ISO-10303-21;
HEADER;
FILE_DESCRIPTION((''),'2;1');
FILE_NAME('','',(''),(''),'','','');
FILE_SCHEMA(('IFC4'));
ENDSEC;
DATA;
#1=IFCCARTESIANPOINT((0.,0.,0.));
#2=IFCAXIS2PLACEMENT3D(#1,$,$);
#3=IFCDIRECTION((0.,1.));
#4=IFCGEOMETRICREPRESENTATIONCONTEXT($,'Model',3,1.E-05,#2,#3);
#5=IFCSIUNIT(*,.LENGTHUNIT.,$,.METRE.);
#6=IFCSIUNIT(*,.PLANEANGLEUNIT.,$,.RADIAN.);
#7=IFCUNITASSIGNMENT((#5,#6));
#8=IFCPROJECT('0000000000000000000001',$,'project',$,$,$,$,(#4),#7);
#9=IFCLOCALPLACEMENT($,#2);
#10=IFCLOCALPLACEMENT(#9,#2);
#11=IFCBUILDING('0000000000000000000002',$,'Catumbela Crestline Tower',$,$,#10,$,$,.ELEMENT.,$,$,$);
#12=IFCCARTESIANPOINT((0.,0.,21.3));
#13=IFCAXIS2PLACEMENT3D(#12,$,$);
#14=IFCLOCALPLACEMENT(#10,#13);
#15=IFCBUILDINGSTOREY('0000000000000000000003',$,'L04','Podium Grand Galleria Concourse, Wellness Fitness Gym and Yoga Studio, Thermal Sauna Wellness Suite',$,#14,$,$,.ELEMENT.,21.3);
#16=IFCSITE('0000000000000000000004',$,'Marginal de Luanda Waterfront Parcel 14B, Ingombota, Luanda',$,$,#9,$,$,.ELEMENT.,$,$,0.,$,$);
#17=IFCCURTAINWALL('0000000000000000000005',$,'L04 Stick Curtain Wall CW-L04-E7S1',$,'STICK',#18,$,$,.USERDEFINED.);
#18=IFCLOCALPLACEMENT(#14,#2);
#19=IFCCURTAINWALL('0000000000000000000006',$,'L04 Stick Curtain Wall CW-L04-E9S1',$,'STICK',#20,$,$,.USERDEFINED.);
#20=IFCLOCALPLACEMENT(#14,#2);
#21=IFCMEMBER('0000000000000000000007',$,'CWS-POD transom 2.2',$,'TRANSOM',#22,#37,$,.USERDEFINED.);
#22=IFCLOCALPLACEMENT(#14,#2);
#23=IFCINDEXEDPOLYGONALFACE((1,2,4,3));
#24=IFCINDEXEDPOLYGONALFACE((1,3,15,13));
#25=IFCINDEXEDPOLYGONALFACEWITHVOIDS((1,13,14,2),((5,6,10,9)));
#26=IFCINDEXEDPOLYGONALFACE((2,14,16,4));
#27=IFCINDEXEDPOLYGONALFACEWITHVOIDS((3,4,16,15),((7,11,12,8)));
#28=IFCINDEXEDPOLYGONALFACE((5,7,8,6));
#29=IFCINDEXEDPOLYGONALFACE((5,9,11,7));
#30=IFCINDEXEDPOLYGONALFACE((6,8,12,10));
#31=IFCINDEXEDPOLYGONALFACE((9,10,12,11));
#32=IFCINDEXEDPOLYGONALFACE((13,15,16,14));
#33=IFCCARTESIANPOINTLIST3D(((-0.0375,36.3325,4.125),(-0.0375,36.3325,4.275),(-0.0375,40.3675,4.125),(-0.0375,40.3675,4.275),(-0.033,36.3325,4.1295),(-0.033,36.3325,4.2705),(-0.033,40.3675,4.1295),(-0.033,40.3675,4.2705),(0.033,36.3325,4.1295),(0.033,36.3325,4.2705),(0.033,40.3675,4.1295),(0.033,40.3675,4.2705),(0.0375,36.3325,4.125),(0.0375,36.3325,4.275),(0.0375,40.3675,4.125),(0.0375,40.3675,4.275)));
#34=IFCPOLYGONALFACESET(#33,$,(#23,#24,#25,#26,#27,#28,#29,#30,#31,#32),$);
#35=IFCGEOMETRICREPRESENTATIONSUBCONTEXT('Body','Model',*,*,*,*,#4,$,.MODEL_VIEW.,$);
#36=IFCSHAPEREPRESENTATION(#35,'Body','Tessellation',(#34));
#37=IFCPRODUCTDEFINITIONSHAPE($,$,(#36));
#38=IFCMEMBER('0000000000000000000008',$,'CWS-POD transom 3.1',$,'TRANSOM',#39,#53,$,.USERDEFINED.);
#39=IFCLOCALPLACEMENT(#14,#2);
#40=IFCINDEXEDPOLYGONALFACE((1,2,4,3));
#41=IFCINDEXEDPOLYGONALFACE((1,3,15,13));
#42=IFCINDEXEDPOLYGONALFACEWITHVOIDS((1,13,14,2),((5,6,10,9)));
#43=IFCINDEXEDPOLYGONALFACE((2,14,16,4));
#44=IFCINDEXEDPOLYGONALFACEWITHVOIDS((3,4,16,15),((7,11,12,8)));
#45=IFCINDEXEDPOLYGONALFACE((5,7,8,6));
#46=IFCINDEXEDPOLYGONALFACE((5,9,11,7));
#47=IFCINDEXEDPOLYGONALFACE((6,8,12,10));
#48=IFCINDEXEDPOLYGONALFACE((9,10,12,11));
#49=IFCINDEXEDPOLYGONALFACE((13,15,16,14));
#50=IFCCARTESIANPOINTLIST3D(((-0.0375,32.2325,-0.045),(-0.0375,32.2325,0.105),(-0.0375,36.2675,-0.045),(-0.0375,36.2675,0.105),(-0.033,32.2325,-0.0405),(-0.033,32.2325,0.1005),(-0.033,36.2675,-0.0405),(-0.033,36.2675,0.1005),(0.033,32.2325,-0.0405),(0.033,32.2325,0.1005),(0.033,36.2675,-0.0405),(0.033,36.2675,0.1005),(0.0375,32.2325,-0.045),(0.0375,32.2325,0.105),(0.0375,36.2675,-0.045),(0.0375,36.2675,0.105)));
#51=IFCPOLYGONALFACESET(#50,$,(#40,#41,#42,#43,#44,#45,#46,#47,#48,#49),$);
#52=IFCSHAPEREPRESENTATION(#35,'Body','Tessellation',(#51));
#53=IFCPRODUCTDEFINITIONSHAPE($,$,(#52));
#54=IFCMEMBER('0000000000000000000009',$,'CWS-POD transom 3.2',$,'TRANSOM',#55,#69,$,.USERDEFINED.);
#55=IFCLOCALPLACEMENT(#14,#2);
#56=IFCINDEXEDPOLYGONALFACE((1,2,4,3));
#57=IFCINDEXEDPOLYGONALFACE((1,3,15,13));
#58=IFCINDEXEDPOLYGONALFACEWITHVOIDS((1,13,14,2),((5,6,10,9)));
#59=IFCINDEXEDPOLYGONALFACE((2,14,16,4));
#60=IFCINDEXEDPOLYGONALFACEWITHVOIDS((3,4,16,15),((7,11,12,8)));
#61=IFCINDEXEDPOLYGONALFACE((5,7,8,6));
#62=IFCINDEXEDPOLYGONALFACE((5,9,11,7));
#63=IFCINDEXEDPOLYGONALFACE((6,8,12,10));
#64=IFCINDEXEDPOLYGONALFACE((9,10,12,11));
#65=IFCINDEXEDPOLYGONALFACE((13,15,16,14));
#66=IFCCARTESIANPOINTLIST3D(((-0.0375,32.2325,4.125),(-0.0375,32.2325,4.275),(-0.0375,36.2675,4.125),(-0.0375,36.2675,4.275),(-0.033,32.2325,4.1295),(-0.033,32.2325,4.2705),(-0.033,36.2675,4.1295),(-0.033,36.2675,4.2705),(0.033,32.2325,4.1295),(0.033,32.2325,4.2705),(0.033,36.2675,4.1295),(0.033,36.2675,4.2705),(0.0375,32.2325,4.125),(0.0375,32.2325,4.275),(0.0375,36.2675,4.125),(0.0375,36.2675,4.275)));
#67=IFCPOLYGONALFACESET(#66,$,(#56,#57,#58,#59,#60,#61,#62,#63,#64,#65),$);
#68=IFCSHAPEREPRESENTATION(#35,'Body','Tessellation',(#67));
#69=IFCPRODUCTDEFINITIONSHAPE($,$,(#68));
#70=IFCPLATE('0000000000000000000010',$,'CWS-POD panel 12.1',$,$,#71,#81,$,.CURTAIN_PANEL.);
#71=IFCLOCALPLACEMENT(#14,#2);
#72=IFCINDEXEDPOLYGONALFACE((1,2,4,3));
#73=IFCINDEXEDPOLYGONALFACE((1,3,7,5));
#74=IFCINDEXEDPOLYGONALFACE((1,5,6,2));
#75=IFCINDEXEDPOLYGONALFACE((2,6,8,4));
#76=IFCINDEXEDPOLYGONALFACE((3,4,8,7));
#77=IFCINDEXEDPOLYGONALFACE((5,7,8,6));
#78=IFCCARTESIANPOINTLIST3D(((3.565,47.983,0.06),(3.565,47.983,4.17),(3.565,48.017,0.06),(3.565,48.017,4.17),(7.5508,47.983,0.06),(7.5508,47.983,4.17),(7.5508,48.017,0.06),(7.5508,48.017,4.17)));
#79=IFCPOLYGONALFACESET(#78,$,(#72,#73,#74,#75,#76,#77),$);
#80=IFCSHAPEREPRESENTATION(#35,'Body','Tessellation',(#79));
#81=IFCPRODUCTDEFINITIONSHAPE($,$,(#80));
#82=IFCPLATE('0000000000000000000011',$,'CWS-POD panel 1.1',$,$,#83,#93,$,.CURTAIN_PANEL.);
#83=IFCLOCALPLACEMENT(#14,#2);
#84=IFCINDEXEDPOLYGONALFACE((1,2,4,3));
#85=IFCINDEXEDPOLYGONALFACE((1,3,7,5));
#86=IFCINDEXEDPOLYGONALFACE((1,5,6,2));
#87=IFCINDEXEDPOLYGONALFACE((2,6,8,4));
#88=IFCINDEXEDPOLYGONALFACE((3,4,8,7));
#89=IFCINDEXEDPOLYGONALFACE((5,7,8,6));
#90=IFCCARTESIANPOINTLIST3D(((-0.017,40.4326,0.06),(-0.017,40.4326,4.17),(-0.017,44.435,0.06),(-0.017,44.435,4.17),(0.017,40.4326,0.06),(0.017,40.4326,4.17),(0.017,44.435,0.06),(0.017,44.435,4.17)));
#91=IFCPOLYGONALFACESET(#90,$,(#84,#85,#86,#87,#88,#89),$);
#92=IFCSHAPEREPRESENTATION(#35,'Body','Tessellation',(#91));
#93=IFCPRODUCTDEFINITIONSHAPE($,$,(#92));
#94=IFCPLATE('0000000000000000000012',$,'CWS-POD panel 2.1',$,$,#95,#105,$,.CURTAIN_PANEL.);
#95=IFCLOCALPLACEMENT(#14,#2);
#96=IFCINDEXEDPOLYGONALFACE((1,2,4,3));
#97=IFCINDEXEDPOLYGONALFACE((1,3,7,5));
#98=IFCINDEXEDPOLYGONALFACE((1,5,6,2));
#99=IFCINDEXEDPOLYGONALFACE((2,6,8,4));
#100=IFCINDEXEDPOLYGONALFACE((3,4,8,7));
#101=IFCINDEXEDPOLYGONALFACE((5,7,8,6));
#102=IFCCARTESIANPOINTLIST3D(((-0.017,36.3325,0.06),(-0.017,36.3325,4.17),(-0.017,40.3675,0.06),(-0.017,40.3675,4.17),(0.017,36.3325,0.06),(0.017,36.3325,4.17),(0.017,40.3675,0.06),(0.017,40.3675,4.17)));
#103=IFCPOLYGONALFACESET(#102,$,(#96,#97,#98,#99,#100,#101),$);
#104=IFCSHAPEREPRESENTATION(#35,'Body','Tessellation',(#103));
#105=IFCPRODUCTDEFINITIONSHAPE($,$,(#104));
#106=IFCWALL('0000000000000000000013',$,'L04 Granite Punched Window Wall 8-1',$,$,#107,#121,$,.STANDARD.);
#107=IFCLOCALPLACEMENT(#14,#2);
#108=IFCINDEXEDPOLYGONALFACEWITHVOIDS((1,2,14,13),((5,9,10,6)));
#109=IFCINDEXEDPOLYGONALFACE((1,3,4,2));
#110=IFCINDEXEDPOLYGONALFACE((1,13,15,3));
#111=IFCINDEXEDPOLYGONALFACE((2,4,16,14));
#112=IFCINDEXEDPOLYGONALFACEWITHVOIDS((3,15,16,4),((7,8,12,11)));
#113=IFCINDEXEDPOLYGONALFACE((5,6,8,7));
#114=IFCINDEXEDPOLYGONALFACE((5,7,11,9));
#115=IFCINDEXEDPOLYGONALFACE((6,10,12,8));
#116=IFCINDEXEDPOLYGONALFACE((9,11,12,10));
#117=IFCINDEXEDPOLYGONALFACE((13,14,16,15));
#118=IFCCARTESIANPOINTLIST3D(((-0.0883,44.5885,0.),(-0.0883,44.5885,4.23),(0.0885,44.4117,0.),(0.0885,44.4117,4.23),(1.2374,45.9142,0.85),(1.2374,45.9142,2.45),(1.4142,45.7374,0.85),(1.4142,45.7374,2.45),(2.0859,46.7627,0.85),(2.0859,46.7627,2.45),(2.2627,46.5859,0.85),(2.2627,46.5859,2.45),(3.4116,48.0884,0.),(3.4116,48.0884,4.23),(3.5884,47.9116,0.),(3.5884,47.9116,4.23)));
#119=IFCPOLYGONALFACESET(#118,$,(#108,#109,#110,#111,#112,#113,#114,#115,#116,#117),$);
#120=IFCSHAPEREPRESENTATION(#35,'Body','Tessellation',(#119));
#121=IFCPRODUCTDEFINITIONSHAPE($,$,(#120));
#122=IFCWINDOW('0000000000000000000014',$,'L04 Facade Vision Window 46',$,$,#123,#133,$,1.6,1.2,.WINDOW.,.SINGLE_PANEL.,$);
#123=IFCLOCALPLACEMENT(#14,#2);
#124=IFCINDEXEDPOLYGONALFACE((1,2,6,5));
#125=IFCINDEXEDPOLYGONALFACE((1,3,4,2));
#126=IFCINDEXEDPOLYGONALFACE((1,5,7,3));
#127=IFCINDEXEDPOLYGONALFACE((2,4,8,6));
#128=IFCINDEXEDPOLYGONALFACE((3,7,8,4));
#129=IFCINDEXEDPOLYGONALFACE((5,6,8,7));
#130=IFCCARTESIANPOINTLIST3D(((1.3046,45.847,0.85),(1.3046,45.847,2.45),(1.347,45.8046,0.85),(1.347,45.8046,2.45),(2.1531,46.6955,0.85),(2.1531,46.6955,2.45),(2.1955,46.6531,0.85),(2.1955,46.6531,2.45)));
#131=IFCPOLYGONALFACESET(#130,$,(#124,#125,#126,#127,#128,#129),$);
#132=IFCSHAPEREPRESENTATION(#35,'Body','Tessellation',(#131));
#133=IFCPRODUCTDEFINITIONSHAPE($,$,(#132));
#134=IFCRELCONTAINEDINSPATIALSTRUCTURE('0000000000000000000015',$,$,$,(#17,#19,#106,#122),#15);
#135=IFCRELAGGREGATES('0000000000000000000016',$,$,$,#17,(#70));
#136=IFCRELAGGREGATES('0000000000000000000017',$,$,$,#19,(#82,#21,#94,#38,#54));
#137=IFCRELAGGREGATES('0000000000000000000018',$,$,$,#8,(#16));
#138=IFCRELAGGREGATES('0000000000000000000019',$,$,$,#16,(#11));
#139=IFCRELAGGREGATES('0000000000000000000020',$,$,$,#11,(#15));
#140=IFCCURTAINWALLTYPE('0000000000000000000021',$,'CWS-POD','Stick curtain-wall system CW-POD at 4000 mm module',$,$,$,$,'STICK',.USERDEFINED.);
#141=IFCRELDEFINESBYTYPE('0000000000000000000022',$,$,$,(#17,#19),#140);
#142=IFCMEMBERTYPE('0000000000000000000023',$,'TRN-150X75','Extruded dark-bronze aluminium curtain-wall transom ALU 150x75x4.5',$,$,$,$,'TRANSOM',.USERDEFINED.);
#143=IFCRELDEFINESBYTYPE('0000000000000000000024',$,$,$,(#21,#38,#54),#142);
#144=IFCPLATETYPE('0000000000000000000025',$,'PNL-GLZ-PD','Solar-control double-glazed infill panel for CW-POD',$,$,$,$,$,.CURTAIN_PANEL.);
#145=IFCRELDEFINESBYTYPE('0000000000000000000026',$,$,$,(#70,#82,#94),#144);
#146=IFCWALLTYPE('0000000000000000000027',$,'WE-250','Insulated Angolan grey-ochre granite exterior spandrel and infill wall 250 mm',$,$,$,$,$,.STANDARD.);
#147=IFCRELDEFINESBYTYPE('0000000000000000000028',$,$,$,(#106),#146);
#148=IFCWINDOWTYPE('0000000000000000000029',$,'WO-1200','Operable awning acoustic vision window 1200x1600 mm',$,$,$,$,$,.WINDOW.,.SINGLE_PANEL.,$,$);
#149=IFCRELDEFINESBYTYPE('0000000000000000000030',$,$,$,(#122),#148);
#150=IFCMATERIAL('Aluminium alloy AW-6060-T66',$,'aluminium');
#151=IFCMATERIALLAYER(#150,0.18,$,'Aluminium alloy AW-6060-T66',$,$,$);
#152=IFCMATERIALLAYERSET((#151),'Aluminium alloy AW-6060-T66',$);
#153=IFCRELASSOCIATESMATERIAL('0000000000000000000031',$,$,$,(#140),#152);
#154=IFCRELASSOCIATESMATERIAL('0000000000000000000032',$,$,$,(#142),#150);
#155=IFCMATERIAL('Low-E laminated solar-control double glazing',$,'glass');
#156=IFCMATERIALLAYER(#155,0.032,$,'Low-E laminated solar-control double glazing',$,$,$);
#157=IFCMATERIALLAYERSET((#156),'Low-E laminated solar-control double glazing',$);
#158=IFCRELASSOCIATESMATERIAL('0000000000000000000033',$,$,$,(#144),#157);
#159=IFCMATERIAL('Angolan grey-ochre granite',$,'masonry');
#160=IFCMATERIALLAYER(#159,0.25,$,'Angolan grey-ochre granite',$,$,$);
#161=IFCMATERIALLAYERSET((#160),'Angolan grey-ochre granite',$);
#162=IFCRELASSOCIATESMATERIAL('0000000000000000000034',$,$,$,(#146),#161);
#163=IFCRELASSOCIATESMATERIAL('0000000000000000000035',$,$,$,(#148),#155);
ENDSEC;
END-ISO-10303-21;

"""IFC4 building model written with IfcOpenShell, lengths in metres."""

from ifc_helpers import new_model, si_unit, direction, frame, frame_2d, origin, origin_2d, place, context, subcontext, project, spatial, rectangle, hollow_rectangle, extrude, material, layer, layer_set, material_profile, profile_set, type_object, element, fill, aggregate, save


model = new_model("IFC4")

# Units and contexts
model_context = context("Model", 3, precision=1e-05, world=origin(), true_north=direction((0.0, 1.0)))
body_context = subcontext(model_context, "Body", "Model", "MODEL_VIEW")
ifc_project = project(units=[si_unit("LENGTHUNIT", "METRE"), si_unit("PLANEANGLEUNIT", "RADIAN")], contexts=[model_context])

# Site, building, storey
site_placement = place(None, origin())
site = spatial("IfcSite", under=ifc_project, at=site_placement, Name="Marginal de Luanda Waterfront Parcel 14B, Ingombota, Luanda", CompositionType="ELEMENT", RefElevation=0.0)
building_placement = place(site_placement, origin())
building = spatial("IfcBuilding", under=site, at=building_placement, Name="Catumbela Crestline Tower", CompositionType="ELEMENT")
storey_placement = place(building_placement, frame((0.0, 0.0, 21.3)))
storey = spatial("IfcBuildingStorey", under=building, at=storey_placement, Name="L04", Description="Podium Grand Galleria Concourse, Wellness Fitness Gym and Yoga Studio, Thermal Sauna Wellness Suite", CompositionType="ELEMENT", Elevation=21.3)

# Curtain walls
ifc_material_1 = material(Name="Aluminium alloy AW-6060-T66", Category="aluminium")
ifc_layer_1 = layer(ifc_material_1, 0.18, Name="Aluminium alloy AW-6060-T66")
ifc_layer_set_1 = layer_set([ifc_layer_1], Name="Aluminium alloy AW-6060-T66")
curtain_wall_type = type_object("IfcCurtainWallType", Name="CWS-POD", Description="Stick curtain-wall system CW-POD at 4000 mm module", ElementType="STICK", PredefinedType="USERDEFINED", material=ifc_layer_set_1)
curtain_wall_1_placement = place(storey_placement, origin())
curtain_wall_1 = element("IfcCurtainWall", 1, at=curtain_wall_1_placement, inside=storey, type_object=curtain_wall_type, Name="L04 Stick Curtain Wall CW-L04-E7S1", ObjectType="STICK", PredefinedType="USERDEFINED")
curtain_wall_2_placement = place(storey_placement, origin())
curtain_wall_2 = element("IfcCurtainWall", 2, at=curtain_wall_2_placement, inside=storey, type_object=curtain_wall_type, Name="L04 Stick Curtain Wall CW-L04-E9S1", ObjectType="STICK", PredefinedType="USERDEFINED")

# Members
ifc_material_profile_1 = material_profile(ifc_material_1, hollow_rectangle(XDim=0.075, YDim=0.15, WallThickness=0.0045, at=origin_2d()), Name="ALU 150x75x4.5")
ifc_profile_set_1 = profile_set([ifc_material_profile_1], Name="Aluminium alloy AW-6060-T66")
member_type_1 = type_object("IfcMemberType", Name="TRN-150X75", Description="Extruded dark-bronze aluminium curtain-wall transom ALU 150x75x4.5", ElementType="TRANSOM", PredefinedType="USERDEFINED", material=ifc_profile_set_1)
member_1_placement = place(storey_placement, frame((0.0, 40.3675, 4.2), z_axis=(0.0, -1.0, 0.0), x_axis=(1.0, 0.0, 0.0)))
member_1 = element("IfcMember", 3, at=member_1_placement, type_object=member_type_1, Name="CWS-POD transom 2.2", ObjectType="TRANSOM", PredefinedType="USERDEFINED", context=body_context, shape_type="SweptSolid", body=[
    extrude(hollow_rectangle(XDim=0.075, YDim=0.15, WallThickness=0.0045, at=origin_2d()), origin(), (0.0, 0.0, 1.0), 4.035),
])
member_2_placement = place(storey_placement, frame((0.0, 36.2675, 0.03), z_axis=(0.0, -1.0, 0.0), x_axis=(1.0, 0.0, 0.0)))
member_2 = element("IfcMember", 4, at=member_2_placement, type_object=member_type_1, Name="CWS-POD transom 3.1", ObjectType="TRANSOM", PredefinedType="USERDEFINED", context=body_context, shape_type="SweptSolid", body=[
    extrude(hollow_rectangle(XDim=0.075, YDim=0.15, WallThickness=0.0045, at=origin_2d()), origin(), (0.0, 0.0, 1.0), 4.035),
])
member_3_placement = place(storey_placement, frame((0.0, 36.2675, 4.2), z_axis=(0.0, -1.0, 0.0), x_axis=(1.0, 0.0, 0.0)))
member_3 = element("IfcMember", 5, at=member_3_placement, type_object=member_type_1, Name="CWS-POD transom 3.2", ObjectType="TRANSOM", PredefinedType="USERDEFINED", context=body_context, shape_type="SweptSolid", body=[
    extrude(hollow_rectangle(XDim=0.075, YDim=0.15, WallThickness=0.0045, at=origin_2d()), origin(), (0.0, 0.0, 1.0), 4.035),
])

# Plates
ifc_material_2 = material(Name="Low-E laminated solar-control double glazing", Category="glass")
ifc_layer_2 = layer(ifc_material_2, 0.032, Name="Low-E laminated solar-control double glazing")
ifc_layer_set_2 = layer_set([ifc_layer_2], Name="Low-E laminated solar-control double glazing")
plate_type = type_object("IfcPlateType", Name="PNL-GLZ-PD", Description="Solar-control double-glazed infill panel for CW-POD", PredefinedType="CURTAIN_PANEL", material=ifc_layer_set_2)
plate_1_placement = place(storey_placement, frame((5.5579, 48.0, 0.06), z_axis=(0.0, 0.0, 1.0), x_axis=(-1.0, 0.0, 0.0)))
plate_1 = element("IfcPlate", 6, at=plate_1_placement, type_object=plate_type, Name="CWS-POD panel 12.1", PredefinedType="CURTAIN_PANEL", context=body_context, shape_type="SweptSolid", body=[
    extrude(rectangle(XDim=3.9858, YDim=0.034, at=origin_2d()), origin(), (0.0, 0.0, 1.0), 4.11),
])
aggregate(curtain_wall_1, [plate_1])
plate_2_placement = place(storey_placement, frame((0.0, 42.4338, 0.06), z_axis=(0.0, 0.0, 1.0), x_axis=(0.0, -1.0, 0.0)))
plate_2 = element("IfcPlate", 7, at=plate_2_placement, type_object=plate_type, Name="CWS-POD panel 1.1", PredefinedType="CURTAIN_PANEL", context=body_context, shape_type="SweptSolid", body=[
    extrude(rectangle(XDim=4.0025, YDim=0.034, at=origin_2d()), origin(), (0.0, 0.0, 1.0), 4.11),
])
plate_3_placement = place(storey_placement, frame((0.0, 38.35, 0.06), z_axis=(0.0, 0.0, 1.0), x_axis=(0.0, -1.0, 0.0)))
plate_3 = element("IfcPlate", 8, at=plate_3_placement, type_object=plate_type, Name="CWS-POD panel 2.1", PredefinedType="CURTAIN_PANEL", context=body_context, shape_type="SweptSolid", body=[
    extrude(rectangle(XDim=4.035, YDim=0.034, at=origin_2d()), origin(), (0.0, 0.0, 1.0), 4.11),
])
aggregate(curtain_wall_2, [plate_2, member_1, plate_3, member_2, member_3])

# Wall, opening, window
ifc_material_3 = material(Name="Angolan grey-ochre granite", Category="masonry")
ifc_layer_3 = layer(ifc_material_3, 0.25, Name="Angolan grey-ochre granite")
ifc_layer_set_3 = layer_set([ifc_layer_3], Name="Angolan grey-ochre granite")
wall_type = type_object("IfcWallType", Name="WE-250", Description="Insulated Angolan grey-ochre granite exterior spandrel and infill wall 250 mm", PredefinedType="STANDARD", material=ifc_layer_set_3)
wall_placement = place(storey_placement, frame((3.5, 48.0, 0.0), z_axis=(0.0, 0.0, 1.0), x_axis=(-0.707107, -0.707107, 0.0)))
wall = element("IfcWall", 9, at=wall_placement, inside=storey, type_object=wall_type, Name="L04 Granite Punched Window Wall 8-1", PredefinedType="STANDARD", context=body_context, shape_type="SweptSolid", body=[
    extrude(rectangle(XDim=4.9497, YDim=0.25, at=frame_2d((2.4748, 0.0))), origin(), (0.0, 0.0, 1.0), 4.23),
])
opening_placement = place(wall_placement, frame((1.8748, 0.0, 0.85)))
opening = element("IfcOpeningElement", 10, at=opening_placement, cuts=wall, PredefinedType="OPENING", context=body_context, shape_type="SweptSolid", body=[
    extrude(rectangle(XDim=1.2, YDim=1.6, at=frame_2d((0.6, 0.8))), frame((0.0, 0.135, 0.0), z_axis=(0.0, -1.0, 0.0), x_axis=(1.0, 0.0, 0.0)), (0.0, 0.0, 1.0), 0.27),
])
window_type = type_object("IfcWindowType", Name="WO-1200", Description="Operable awning acoustic vision window 1200x1600 mm", PartitioningType="SINGLE_PANEL", PredefinedType="WINDOW", material=ifc_material_2)
window_placement = place(opening_placement, origin())
window = element("IfcWindow", 11, at=window_placement, inside=storey, type_object=window_type, Name="L04 Facade Vision Window 46", OverallHeight=1.6, OverallWidth=1.2, PartitioningType="SINGLE_PANEL", PredefinedType="WINDOW", context=body_context, shape_type="SweptSolid", body=[
    extrude(rectangle(XDim=1.2, YDim=1.6, at=frame_2d((0.6, 0.8))), frame((0.0, 0.03, 0.0), z_axis=(0.0, -1.0, 0.0), x_axis=(1.0, 0.0, 0.0)), (0.0, 0.0, 1.0), 0.06),
])
fill(opening, window)

save(model, "model.ifc")
